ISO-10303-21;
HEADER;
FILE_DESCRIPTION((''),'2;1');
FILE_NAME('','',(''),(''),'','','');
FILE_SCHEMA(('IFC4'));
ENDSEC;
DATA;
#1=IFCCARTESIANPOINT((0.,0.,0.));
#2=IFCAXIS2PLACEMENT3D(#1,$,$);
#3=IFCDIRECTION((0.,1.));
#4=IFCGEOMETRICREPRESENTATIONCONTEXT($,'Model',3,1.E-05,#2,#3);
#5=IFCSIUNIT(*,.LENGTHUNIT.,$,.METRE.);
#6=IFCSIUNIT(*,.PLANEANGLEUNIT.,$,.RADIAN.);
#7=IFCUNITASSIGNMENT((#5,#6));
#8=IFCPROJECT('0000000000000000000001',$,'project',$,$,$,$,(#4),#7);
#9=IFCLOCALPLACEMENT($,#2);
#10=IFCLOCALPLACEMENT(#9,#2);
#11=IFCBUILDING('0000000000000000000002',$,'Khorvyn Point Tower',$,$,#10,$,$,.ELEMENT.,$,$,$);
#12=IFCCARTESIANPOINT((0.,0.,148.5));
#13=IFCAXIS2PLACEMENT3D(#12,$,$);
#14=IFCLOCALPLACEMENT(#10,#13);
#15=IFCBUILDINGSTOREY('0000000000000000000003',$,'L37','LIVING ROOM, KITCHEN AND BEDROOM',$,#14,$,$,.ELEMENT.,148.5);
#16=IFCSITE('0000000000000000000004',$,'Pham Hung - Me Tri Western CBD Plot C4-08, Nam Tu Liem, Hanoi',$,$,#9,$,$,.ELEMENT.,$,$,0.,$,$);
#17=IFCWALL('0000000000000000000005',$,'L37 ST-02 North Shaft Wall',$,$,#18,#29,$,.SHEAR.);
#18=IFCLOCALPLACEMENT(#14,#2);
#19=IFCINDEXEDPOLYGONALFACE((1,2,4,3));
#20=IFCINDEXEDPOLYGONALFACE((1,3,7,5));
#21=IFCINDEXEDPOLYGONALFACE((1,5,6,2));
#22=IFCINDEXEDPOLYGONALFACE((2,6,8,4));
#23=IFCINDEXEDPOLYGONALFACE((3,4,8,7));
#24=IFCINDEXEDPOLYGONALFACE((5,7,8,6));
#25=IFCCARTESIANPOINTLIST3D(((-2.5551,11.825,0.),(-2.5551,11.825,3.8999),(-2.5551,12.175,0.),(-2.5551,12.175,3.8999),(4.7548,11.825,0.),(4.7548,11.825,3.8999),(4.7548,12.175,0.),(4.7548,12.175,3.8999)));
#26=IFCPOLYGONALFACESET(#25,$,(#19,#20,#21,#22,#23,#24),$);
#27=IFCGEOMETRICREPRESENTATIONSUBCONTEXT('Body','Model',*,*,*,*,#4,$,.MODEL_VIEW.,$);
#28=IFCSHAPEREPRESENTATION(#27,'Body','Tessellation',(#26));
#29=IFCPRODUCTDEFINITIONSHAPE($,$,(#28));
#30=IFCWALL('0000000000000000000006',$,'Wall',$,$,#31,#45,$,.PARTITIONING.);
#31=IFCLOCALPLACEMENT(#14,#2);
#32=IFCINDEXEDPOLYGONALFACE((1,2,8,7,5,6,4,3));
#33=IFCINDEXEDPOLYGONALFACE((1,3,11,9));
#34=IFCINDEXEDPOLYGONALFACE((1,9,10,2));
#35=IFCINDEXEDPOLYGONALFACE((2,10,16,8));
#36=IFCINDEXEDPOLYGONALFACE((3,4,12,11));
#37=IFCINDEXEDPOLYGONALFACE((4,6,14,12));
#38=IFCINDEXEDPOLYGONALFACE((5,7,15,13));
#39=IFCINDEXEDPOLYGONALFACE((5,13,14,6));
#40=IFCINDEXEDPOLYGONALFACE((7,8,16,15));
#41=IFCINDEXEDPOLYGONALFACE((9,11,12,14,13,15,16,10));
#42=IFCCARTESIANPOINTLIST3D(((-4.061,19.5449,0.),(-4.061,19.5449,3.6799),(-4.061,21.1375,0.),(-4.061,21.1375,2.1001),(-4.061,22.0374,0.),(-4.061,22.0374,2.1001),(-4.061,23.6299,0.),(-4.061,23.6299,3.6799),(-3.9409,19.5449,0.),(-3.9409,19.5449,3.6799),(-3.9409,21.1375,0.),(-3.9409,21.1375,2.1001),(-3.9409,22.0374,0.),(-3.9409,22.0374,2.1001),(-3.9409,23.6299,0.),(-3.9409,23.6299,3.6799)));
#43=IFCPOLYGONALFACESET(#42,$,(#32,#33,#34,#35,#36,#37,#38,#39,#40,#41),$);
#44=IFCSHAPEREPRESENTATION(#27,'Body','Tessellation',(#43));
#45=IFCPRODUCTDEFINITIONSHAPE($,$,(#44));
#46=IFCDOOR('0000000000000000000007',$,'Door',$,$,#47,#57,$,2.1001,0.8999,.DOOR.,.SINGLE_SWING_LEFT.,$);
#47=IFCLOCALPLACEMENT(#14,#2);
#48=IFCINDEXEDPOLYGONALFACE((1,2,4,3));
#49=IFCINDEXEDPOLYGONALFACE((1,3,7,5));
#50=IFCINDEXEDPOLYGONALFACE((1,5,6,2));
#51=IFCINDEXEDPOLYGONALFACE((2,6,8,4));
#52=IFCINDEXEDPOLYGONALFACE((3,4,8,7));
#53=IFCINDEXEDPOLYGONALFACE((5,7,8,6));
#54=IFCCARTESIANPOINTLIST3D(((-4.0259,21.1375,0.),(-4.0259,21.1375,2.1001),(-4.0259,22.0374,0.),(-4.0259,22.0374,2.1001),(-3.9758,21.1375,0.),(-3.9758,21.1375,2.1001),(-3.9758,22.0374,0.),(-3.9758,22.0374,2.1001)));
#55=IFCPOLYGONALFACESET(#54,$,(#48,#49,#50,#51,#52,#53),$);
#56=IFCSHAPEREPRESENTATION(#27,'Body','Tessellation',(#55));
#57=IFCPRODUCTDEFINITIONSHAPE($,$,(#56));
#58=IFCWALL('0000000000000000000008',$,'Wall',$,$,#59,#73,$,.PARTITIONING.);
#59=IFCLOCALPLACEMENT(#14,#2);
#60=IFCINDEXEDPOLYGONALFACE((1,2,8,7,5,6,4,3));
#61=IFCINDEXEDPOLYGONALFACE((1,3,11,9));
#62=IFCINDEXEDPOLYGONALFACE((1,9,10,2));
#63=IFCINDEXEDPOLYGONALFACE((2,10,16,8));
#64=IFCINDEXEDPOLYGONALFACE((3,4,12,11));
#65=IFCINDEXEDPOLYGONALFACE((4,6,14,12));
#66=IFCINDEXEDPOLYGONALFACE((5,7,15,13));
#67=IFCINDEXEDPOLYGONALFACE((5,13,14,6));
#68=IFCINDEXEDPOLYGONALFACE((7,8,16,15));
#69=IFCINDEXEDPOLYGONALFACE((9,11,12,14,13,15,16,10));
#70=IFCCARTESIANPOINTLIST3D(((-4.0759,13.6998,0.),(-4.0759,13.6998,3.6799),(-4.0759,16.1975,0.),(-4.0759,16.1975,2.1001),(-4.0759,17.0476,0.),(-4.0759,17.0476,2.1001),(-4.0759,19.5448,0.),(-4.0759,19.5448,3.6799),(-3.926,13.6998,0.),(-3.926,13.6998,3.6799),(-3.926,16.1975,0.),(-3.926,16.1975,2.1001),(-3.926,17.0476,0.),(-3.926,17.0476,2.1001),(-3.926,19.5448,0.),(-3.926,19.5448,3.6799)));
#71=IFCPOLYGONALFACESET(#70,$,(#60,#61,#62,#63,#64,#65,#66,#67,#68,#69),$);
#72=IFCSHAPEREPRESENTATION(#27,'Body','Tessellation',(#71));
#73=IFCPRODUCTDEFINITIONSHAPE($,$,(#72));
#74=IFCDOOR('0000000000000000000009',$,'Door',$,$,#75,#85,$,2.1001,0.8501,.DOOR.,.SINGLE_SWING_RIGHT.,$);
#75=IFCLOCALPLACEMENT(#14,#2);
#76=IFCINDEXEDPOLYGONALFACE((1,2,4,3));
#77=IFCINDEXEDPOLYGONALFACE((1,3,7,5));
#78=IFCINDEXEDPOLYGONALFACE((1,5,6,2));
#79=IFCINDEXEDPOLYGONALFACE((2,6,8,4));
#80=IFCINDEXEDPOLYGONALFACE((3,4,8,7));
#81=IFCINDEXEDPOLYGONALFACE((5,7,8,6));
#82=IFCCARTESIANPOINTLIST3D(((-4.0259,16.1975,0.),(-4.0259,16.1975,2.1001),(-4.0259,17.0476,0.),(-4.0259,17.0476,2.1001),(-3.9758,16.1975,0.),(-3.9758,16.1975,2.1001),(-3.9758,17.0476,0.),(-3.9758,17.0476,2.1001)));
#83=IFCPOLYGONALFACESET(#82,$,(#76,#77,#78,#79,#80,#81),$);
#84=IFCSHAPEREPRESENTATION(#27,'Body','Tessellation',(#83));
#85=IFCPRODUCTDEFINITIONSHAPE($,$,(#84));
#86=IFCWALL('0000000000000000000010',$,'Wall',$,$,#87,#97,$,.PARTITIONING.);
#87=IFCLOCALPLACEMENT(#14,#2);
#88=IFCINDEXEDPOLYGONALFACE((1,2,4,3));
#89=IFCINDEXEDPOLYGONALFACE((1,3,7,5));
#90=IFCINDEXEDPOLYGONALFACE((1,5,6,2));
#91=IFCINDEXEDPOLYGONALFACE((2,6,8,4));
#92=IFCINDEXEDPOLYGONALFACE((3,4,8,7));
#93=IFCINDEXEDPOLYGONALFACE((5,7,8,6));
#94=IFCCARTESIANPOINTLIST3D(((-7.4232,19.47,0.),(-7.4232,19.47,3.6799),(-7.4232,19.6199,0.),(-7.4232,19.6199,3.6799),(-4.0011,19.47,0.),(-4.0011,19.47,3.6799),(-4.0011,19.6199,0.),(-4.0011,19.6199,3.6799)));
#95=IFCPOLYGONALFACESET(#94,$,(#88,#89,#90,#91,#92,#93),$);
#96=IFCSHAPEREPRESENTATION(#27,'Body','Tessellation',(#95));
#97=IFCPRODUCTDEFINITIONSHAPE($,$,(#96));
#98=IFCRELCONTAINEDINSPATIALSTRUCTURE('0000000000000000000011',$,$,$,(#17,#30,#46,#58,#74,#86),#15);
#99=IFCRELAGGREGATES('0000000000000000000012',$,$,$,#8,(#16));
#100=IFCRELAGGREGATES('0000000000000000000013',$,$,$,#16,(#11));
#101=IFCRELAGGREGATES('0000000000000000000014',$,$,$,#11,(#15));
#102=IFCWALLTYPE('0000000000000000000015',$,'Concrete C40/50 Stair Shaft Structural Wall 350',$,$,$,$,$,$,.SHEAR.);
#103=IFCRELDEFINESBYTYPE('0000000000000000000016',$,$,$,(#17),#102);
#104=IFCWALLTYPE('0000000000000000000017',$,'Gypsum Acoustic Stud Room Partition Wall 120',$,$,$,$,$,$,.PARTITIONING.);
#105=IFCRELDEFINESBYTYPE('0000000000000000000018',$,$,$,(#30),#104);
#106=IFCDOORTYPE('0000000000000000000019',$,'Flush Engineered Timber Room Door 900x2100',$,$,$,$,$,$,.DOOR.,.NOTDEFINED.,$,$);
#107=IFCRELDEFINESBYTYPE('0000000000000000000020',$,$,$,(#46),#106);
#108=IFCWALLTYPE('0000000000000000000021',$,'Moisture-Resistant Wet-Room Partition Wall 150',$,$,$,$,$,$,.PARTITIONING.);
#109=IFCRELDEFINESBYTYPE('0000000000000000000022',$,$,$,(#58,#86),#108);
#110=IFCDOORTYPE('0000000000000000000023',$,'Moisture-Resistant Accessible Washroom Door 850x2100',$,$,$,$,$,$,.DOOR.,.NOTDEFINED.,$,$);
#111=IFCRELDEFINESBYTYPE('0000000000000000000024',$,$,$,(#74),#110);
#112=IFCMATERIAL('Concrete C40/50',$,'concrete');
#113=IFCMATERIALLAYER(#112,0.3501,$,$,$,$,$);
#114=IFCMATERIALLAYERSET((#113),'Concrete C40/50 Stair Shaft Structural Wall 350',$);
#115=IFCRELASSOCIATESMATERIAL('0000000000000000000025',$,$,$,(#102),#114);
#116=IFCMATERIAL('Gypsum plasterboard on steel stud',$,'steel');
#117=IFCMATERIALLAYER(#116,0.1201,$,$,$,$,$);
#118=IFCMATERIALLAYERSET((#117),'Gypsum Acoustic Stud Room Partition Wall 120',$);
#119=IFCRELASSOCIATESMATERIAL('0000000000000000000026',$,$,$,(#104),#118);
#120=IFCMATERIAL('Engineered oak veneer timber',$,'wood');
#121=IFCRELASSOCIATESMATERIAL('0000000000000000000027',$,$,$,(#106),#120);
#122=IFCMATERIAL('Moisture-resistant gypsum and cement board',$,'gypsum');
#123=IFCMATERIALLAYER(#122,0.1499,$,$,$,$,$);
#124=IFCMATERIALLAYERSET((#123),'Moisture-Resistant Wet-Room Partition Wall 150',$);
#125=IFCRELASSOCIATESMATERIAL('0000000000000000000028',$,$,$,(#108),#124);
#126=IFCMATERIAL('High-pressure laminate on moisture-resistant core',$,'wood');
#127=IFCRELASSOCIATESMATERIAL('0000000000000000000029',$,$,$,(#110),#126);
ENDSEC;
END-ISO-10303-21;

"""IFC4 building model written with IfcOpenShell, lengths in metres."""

from ifc_helpers import new_model, si_unit, direction, frame, frame_2d, origin, place, context, subcontext, project, spatial, rectangle, extrude, material, layer, layer_set, type_object, element, fill, save


model = new_model("IFC4")

# Units and contexts
model_context = context("Model", 3, precision=1e-05, world=origin(), true_north=direction((0.0, 1.0)))
body_context = subcontext(model_context, "Body", "Model", "MODEL_VIEW")
ifc_project = project(units=[si_unit("LENGTHUNIT", "METRE"), si_unit("PLANEANGLEUNIT", "RADIAN")], contexts=[model_context])

# Site, building, storey
site_placement = place(None, origin())
site = spatial("IfcSite", under=ifc_project, at=site_placement, Name="Pham Hung - Me Tri Western CBD Plot C4-08, Nam Tu Liem, Hanoi", CompositionType="ELEMENT", RefElevation=0.0)
building_placement = place(site_placement, origin())
building = spatial("IfcBuilding", under=site, at=building_placement, Name="Khorvyn Point Tower", CompositionType="ELEMENT")
storey_placement = place(building_placement, frame((0.0, 0.0, 148.5)))
storey = spatial("IfcBuildingStorey", under=building, at=storey_placement, Name="L37", Description="LIVING ROOM, KITCHEN AND BEDROOM", CompositionType="ELEMENT", Elevation=148.5)

# Wall
ifc_material_1 = material(Name="Concrete C40/50", Category="concrete")
ifc_layer_1 = layer(ifc_material_1, 0.3501)
ifc_layer_set_1 = layer_set([ifc_layer_1], Name="Concrete C40/50 Stair Shaft Structural Wall 350")
wall_type_1 = type_object("IfcWallType", Name="Concrete C40/50 Stair Shaft Structural Wall 350", PredefinedType="SHEAR", material=ifc_layer_set_1)
wall_1_placement = place(storey_placement, frame((-2.5549, 12.0, 0.0), z_axis=(0.0, 0.0, 1.0), x_axis=(1.0, 0.0, 0.0)))
element("IfcWall", 1, at=wall_1_placement, inside=storey, type_object=wall_type_1, Name="L37 ST-02 North Shaft Wall", PredefinedType="SHEAR", context=body_context, shape_type="SweptSolid", body=[
    extrude(rectangle(XDim=7.3098, YDim=0.3501, at=frame_2d((3.6548, 0.0))), origin(), (0.0, 0.0, 1.0), 3.8999),
])

# Walls, openings, doors
ifc_material_2 = material(Name="Gypsum plasterboard on steel stud", Category="steel")
ifc_layer_2 = layer(ifc_material_2, 0.1201)
ifc_layer_set_2 = layer_set([ifc_layer_2], Name="Gypsum Acoustic Stud Room Partition Wall 120")
wall_type_2 = type_object("IfcWallType", Name="Gypsum Acoustic Stud Room Partition Wall 120", PredefinedType="PARTITIONING", material=ifc_layer_set_2)
wall_2_placement = place(storey_placement, frame((-4.001, 19.5449, 0.0), z_axis=(0.0, 0.0, 1.0), x_axis=(0.0, 1.0, 0.0)))
wall_2 = element("IfcWall", 2, at=wall_2_placement, inside=storey, type_object=wall_type_2, Name="Wall", PredefinedType="PARTITIONING", context=body_context, shape_type="SweptSolid", body=[
    extrude(rectangle(XDim=4.085, YDim=0.1201, at=frame_2d((2.0425, 0.0))), origin(), (0.0, 0.0, 1.0), 3.6799),
])
opening_1_placement = place(wall_2_placement, frame((1.5925, 0.0, 0.0)))
opening_1 = element("IfcOpeningElement", 3, at=opening_1_placement, cuts=wall_2, PredefinedType="OPENING", context=body_context, shape_type="SweptSolid", body=[
    extrude(rectangle(XDim=0.8999, YDim=2.1001, at=frame_2d((0.45, 1.05))), frame((0.0, 0.0701, 0.0), z_axis=(0.0, -1.0, 0.0), x_axis=(1.0, 0.0, 0.0)), (0.0, 0.0, 1.0), 0.1401),
])
ifc_material_3 = material(Name="Engineered oak veneer timber", Category="wood")
door_type_1 = type_object("IfcDoorType", Name="Flush Engineered Timber Room Door 900x2100", OperationType="NOTDEFINED", PredefinedType="DOOR", material=ifc_material_3)
door_1_placement = place(opening_1_placement, origin())
door_1 = element("IfcDoor", 4, at=door_1_placement, inside=storey, type_object=door_type_1, Name="Door", OperationType="SINGLE_SWING_LEFT", OverallHeight=2.1001, OverallWidth=0.8999, PredefinedType="DOOR", context=body_context, shape_type="SweptSolid", body=[
    extrude(rectangle(XDim=0.8999, YDim=2.1001, at=frame_2d((0.45, 1.05))), frame((0.0, 0.0249, 0.0), z_axis=(0.0, -1.0, 0.0), x_axis=(1.0, 0.0, 0.0)), (0.0, 0.0, 1.0), 0.05),
])
fill(opening_1, door_1)
ifc_material_4 = material(Name="Moisture-resistant gypsum and cement board", Category="gypsum")
ifc_layer_3 = layer(ifc_material_4, 0.1499)
ifc_layer_set_3 = layer_set([ifc_layer_3], Name="Moisture-Resistant Wet-Room Partition Wall 150")
wall_type_3 = type_object("IfcWallType", Name="Moisture-Resistant Wet-Room Partition Wall 150", PredefinedType="PARTITIONING", material=ifc_layer_set_3)
wall_3_placement = place(storey_placement, frame((-4.001, 13.7, 0.0), z_axis=(0.0, 0.0, 1.0), x_axis=(0.0, 1.0, 0.0)))
wall_3 = element("IfcWall", 5, at=wall_3_placement, inside=storey, type_object=wall_type_3, Name="Wall", PredefinedType="PARTITIONING", context=body_context, shape_type="SweptSolid", body=[
    extrude(rectangle(XDim=5.845, YDim=0.1499, at=frame_2d((2.9224, 0.0))), origin(), (0.0, 0.0, 1.0), 3.6799),
])
opening_2_placement = place(wall_3_placement, frame((2.4976, 0.0, 0.0)))
opening_2 = element("IfcOpeningElement", 6, at=opening_2_placement, cuts=wall_3, PredefinedType="OPENING", context=body_context, shape_type="SweptSolid", body=[
    extrude(rectangle(XDim=0.8501, YDim=2.1001, at=frame_2d((0.425, 1.05))), frame((0.0, 0.085, 0.0), z_axis=(0.0, -1.0, 0.0), x_axis=(1.0, 0.0, 0.0)), (0.0, 0.0, 1.0), 0.1699),
])
ifc_material_5 = material(Name="High-pressure laminate on moisture-resistant core", Category="wood")
door_type_2 = type_object("IfcDoorType", Name="Moisture-Resistant Accessible Washroom Door 850x2100", OperationType="NOTDEFINED", PredefinedType="DOOR", material=ifc_material_5)
door_2_placement = place(opening_2_placement, origin())
door_2 = element("IfcDoor", 7, at=door_2_placement, inside=storey, type_object=door_type_2, Name="Door", OperationType="SINGLE_SWING_RIGHT", OverallHeight=2.1001, OverallWidth=0.8501, PredefinedType="DOOR", context=body_context, shape_type="SweptSolid", body=[
    extrude(rectangle(XDim=0.8501, YDim=2.1001, at=frame_2d((0.425, 1.05))), frame((0.0, 0.0249, 0.0), z_axis=(0.0, -1.0, 0.0), x_axis=(1.0, 0.0, 0.0)), (0.0, 0.0, 1.0), 0.05),
])
fill(opening_2, door_2)

# Wall
wall_4_placement = place(storey_placement, frame((-7.4231, 19.5449, 0.0), z_axis=(0.0, 0.0, 1.0), x_axis=(1.0, 0.0, 0.0)))
element("IfcWall", 8, at=wall_4_placement, inside=storey, type_object=wall_type_3, Name="Wall", PredefinedType="PARTITIONING", context=body_context, shape_type="SweptSolid", body=[
    extrude(rectangle(XDim=3.4221, YDim=0.1499, at=frame_2d((1.7109, 0.0))), origin(), (0.0, 0.0, 1.0), 3.6799),
])

save(model, "model.ifc")
